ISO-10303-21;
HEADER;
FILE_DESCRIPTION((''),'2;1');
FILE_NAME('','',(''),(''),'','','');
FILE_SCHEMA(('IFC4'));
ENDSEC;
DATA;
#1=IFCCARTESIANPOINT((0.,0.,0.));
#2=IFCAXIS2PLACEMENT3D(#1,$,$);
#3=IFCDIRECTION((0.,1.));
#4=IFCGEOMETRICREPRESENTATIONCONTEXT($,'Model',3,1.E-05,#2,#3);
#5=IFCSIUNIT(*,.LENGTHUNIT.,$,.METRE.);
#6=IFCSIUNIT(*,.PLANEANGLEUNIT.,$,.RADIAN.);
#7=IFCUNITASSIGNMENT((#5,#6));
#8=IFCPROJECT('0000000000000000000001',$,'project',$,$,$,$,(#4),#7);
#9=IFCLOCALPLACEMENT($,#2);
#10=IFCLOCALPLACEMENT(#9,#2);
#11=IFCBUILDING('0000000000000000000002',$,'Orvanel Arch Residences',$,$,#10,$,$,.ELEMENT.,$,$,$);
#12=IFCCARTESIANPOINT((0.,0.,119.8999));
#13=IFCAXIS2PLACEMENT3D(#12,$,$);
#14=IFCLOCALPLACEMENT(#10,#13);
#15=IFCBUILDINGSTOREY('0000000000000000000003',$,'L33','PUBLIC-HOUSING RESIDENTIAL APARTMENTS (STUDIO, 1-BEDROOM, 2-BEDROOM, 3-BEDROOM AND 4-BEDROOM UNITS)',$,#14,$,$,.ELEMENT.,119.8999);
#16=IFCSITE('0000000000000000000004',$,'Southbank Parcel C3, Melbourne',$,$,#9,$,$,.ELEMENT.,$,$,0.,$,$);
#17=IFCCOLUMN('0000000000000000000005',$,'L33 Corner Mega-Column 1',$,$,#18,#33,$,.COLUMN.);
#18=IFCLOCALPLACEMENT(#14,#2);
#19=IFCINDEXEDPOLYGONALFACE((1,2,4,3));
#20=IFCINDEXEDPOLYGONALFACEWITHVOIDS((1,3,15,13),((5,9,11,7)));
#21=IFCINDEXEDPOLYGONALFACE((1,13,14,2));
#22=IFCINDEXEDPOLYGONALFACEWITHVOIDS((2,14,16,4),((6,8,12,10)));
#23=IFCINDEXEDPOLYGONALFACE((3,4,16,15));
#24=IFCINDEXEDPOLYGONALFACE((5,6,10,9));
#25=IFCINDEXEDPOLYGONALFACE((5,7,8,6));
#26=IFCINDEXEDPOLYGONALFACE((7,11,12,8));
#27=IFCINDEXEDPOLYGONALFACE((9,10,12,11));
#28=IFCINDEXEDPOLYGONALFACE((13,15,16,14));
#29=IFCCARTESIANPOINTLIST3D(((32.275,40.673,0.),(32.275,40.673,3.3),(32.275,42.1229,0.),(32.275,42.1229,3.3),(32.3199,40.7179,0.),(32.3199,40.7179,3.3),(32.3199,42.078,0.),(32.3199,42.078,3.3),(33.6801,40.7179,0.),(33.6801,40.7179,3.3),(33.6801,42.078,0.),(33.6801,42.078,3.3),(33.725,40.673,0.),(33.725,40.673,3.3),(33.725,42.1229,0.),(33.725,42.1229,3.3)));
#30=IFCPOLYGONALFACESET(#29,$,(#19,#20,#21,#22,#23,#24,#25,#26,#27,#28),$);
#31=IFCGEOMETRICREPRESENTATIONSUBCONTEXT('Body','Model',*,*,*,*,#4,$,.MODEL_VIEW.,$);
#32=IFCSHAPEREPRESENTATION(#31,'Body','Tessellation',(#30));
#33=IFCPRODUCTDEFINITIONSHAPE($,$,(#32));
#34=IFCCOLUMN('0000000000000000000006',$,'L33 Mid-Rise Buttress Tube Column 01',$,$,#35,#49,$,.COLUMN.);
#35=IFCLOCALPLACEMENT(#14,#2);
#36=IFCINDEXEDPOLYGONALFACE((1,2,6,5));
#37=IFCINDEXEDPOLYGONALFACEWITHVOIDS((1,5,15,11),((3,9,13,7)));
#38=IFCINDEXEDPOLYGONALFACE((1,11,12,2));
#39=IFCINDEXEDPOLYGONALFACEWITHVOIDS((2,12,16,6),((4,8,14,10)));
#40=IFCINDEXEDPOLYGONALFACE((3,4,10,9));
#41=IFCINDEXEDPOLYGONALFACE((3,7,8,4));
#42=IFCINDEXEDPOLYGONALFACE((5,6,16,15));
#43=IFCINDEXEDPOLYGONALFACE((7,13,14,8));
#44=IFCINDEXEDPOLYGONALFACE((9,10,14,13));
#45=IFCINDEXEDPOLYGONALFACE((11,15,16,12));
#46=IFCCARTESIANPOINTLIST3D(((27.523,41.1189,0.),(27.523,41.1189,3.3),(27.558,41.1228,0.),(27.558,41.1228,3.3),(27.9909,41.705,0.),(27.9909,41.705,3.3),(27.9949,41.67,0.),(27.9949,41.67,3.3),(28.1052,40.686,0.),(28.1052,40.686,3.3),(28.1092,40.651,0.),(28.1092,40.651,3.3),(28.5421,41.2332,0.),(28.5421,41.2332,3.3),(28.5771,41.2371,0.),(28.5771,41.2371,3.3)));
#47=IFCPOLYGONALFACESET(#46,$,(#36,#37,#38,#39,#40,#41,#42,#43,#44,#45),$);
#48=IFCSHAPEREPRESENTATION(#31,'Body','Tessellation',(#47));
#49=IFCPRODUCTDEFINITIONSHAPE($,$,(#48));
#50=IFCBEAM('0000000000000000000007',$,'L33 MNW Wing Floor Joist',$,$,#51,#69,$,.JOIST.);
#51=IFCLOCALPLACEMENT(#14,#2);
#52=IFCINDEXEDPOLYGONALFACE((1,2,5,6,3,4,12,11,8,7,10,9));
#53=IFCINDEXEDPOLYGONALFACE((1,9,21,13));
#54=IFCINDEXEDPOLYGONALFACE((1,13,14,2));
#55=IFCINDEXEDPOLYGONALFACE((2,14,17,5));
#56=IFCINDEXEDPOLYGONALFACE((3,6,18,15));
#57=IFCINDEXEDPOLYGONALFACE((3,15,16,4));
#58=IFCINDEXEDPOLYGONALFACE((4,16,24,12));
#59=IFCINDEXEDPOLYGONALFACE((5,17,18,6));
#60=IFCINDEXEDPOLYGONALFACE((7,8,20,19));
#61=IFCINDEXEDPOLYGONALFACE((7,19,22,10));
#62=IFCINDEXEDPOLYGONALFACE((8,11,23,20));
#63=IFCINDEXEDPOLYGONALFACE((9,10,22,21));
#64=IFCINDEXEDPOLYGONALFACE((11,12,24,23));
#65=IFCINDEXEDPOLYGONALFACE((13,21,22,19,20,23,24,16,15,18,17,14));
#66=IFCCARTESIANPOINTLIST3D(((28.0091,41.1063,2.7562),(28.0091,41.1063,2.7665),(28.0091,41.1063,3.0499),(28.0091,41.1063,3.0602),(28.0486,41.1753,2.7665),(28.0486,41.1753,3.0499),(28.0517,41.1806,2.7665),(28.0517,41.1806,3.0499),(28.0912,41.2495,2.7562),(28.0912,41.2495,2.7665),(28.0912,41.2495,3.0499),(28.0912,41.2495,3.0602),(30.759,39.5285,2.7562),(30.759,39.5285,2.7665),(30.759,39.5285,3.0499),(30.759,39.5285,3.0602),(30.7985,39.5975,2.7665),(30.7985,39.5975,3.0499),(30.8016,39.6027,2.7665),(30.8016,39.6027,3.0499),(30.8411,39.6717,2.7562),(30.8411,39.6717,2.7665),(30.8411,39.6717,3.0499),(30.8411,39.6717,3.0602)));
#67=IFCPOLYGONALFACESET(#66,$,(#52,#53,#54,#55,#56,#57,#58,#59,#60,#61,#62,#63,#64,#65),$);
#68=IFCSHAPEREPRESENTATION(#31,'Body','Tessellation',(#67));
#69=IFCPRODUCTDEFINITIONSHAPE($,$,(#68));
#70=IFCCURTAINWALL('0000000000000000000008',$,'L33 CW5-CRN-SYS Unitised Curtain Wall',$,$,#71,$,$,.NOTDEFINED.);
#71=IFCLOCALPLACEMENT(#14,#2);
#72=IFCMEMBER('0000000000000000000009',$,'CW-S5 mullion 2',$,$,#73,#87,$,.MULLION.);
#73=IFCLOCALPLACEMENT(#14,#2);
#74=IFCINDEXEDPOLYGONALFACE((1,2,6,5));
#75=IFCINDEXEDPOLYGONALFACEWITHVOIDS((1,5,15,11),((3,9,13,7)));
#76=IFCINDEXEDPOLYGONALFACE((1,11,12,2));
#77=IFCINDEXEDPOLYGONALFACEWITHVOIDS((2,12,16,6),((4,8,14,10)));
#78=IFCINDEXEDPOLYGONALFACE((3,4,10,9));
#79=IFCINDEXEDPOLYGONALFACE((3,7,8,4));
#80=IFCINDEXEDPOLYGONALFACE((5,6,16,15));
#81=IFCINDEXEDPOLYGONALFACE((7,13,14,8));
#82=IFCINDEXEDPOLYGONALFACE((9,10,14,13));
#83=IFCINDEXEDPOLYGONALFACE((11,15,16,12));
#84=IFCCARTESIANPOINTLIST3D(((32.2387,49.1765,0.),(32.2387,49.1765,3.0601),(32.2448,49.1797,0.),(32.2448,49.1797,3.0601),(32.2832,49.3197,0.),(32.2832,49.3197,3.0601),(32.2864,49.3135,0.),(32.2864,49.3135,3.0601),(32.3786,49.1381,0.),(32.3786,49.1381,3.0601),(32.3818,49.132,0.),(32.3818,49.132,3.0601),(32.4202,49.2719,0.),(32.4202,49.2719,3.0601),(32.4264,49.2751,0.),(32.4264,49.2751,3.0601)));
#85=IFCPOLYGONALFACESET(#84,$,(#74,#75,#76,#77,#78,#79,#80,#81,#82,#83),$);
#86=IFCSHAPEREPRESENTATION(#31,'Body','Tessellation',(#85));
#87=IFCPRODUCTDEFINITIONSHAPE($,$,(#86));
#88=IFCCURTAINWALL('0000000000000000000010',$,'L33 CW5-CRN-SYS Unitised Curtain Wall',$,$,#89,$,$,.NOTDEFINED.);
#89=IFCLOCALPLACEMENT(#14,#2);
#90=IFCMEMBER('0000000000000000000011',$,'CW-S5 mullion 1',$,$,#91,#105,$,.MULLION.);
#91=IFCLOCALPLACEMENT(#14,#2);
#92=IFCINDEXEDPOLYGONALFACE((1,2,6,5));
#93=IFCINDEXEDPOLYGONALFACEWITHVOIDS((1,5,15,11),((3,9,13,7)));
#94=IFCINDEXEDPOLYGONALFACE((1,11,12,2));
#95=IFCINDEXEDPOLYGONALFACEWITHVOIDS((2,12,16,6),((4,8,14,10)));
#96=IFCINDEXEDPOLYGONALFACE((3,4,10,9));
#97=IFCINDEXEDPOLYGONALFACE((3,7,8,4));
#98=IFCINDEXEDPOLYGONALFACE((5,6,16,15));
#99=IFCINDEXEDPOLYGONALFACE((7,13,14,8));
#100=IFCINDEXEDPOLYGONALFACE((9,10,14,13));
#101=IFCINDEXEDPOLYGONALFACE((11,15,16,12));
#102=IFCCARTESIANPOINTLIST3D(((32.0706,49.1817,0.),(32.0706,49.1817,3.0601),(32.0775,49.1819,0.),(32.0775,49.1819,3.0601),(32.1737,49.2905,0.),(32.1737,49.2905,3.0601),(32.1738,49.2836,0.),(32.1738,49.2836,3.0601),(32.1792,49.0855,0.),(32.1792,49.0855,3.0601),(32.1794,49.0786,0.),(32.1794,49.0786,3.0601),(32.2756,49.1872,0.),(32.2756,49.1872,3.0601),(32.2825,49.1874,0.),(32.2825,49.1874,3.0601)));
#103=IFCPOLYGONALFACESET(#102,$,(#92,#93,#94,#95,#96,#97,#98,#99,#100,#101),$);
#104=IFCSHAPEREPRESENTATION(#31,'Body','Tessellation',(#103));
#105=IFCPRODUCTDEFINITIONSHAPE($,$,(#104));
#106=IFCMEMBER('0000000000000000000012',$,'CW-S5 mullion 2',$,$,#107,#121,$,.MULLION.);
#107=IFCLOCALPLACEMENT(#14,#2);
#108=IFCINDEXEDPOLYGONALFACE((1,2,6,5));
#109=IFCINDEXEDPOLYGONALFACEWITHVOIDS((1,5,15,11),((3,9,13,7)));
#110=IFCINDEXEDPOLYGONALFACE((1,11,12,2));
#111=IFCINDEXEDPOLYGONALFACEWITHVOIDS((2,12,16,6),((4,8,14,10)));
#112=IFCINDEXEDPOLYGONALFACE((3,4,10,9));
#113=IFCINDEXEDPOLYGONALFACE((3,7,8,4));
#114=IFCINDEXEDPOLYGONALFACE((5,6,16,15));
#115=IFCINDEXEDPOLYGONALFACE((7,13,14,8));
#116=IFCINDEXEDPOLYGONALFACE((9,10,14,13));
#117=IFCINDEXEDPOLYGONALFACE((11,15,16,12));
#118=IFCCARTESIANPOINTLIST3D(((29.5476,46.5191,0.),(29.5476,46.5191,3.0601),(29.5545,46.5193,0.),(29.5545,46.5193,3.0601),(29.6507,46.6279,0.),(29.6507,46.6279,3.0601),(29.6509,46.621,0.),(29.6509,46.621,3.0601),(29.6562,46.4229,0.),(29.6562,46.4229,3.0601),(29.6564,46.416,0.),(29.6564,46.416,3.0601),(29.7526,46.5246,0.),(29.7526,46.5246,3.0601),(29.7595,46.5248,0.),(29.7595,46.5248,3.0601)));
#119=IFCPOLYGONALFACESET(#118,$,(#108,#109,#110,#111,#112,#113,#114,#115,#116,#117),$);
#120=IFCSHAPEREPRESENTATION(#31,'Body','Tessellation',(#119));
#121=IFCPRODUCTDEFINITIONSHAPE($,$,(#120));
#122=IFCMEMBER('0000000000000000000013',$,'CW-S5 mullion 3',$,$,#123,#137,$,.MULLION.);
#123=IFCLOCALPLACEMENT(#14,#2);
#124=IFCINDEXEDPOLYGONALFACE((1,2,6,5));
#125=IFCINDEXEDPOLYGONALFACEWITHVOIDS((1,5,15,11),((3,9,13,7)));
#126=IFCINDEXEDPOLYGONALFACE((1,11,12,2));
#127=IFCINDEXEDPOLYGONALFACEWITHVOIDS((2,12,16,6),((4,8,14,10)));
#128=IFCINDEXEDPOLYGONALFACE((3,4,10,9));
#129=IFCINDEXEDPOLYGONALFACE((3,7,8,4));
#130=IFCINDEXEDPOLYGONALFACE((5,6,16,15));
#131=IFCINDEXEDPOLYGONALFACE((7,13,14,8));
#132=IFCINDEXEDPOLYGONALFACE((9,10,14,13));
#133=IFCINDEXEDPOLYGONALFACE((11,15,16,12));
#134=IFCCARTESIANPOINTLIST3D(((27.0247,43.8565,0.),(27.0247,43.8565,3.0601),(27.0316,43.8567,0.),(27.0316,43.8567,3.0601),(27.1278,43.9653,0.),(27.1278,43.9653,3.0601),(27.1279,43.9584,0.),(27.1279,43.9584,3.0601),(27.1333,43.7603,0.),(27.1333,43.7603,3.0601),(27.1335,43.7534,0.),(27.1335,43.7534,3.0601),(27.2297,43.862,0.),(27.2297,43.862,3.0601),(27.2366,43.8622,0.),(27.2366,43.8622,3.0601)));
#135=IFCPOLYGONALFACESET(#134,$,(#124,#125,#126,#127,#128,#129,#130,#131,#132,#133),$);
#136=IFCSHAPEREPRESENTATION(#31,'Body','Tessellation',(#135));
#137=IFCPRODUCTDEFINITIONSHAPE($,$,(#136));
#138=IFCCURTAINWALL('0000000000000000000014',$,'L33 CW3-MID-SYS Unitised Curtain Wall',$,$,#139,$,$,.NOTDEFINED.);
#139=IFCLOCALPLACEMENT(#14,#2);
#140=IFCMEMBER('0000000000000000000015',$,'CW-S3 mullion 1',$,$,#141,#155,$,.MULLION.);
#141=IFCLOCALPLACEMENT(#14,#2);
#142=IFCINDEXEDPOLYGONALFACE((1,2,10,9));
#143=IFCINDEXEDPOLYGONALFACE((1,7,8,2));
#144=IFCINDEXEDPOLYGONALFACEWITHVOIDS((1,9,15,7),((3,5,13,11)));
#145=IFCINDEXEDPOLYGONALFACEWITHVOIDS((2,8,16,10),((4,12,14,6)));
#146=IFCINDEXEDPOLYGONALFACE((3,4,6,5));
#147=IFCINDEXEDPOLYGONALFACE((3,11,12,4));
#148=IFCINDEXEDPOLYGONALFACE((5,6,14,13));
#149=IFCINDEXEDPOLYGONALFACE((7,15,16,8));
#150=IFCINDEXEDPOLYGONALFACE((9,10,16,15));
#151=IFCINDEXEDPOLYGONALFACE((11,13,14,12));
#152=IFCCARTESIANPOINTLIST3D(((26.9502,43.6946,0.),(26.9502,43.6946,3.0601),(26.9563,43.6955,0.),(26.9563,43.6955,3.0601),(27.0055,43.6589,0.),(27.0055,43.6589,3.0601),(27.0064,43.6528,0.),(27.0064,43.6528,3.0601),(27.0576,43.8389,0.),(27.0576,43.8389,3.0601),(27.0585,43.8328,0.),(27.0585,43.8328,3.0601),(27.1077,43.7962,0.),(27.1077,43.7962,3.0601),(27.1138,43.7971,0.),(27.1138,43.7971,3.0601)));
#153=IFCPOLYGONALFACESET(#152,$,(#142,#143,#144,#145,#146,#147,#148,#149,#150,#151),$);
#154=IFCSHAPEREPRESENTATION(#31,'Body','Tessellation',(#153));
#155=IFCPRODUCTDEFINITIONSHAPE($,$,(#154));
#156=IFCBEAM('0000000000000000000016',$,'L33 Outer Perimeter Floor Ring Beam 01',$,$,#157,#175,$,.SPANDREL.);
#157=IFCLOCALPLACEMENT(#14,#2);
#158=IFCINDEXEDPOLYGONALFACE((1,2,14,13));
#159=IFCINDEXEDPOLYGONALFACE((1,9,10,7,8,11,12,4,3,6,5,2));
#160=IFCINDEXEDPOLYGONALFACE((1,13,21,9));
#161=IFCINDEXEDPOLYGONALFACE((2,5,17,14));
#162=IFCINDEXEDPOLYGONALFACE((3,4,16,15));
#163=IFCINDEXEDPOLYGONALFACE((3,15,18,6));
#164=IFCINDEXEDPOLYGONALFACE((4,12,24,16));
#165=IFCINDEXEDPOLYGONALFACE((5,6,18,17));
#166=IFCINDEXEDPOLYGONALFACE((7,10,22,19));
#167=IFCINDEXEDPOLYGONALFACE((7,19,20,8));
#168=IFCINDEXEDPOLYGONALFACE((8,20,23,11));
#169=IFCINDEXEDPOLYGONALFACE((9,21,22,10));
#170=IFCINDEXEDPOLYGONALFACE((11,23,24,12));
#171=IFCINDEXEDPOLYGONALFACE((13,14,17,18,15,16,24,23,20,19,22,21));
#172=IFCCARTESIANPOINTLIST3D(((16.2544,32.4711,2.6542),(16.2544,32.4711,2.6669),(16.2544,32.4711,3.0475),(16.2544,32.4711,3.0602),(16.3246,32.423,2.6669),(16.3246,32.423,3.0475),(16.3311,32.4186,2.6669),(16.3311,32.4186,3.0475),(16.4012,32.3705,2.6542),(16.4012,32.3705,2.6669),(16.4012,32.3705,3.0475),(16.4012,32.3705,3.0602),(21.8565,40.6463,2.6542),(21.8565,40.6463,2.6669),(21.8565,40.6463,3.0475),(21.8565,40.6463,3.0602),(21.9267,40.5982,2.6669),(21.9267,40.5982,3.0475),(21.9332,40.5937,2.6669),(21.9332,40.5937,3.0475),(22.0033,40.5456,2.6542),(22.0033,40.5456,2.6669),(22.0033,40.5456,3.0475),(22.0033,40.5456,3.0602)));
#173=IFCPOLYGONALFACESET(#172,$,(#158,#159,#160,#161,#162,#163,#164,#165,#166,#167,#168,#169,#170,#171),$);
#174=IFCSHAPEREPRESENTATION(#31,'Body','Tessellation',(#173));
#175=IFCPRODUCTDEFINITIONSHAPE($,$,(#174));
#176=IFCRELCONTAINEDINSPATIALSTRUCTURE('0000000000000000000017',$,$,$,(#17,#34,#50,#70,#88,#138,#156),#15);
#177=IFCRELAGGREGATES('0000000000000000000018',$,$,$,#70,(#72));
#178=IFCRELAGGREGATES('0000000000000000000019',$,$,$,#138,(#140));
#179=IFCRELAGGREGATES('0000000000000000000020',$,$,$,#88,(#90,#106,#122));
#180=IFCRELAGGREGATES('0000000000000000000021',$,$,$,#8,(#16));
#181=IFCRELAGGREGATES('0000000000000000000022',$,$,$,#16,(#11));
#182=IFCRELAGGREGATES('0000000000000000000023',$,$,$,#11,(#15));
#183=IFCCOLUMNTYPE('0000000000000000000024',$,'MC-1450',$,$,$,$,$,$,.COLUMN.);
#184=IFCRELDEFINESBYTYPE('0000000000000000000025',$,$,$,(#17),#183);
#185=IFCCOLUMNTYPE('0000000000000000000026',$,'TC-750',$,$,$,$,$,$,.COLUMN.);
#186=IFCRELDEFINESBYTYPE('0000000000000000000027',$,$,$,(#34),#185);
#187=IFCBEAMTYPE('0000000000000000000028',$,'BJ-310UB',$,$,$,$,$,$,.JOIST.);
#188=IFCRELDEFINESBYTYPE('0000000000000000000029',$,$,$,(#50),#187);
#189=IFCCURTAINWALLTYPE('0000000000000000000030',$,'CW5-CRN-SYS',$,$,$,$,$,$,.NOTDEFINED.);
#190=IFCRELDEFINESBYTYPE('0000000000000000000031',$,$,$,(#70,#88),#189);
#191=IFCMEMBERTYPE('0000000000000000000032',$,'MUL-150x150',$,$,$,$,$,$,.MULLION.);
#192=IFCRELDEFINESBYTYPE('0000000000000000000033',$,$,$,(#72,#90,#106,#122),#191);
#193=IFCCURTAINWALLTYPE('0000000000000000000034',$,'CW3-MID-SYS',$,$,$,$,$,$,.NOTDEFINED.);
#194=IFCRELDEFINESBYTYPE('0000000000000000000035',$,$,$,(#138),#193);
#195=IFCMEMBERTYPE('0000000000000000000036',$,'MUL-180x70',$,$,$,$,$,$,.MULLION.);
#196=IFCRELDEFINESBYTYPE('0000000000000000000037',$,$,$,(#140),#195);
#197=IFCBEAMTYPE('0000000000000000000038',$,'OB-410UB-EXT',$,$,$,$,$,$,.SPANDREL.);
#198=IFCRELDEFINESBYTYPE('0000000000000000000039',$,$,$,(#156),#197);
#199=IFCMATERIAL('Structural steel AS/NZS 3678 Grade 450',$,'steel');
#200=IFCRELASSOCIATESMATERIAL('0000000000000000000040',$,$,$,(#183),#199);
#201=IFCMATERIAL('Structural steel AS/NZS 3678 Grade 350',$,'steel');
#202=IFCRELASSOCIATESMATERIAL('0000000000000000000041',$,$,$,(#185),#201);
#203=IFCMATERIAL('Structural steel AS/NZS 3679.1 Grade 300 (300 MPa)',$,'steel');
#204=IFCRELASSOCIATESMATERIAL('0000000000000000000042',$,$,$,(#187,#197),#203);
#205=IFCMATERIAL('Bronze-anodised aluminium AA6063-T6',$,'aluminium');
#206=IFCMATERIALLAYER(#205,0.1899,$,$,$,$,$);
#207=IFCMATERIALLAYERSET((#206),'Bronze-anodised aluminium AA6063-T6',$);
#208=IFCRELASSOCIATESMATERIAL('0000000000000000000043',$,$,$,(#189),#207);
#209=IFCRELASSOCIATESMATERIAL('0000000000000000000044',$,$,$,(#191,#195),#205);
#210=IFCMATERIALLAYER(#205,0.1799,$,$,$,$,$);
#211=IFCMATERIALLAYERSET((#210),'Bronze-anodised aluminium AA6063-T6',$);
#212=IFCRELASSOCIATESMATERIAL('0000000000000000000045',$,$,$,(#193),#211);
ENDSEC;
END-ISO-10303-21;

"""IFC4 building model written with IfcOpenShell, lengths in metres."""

from ifc_helpers import new_model, si_unit, direction, frame, origin, origin_2d, place, context, subcontext, project, spatial, hollow_rectangle, i_section, extrude, material, layer, layer_set, material_profile, profile_set, type_object, element, aggregate, save


model = new_model("IFC4")

# Units and contexts
model_context = context("Model", 3, precision=1e-05, world=origin(), true_north=direction((0.0, 1.0)))
body_context = subcontext(model_context, "Body", "Model", "MODEL_VIEW")
ifc_project = project(units=[si_unit("LENGTHUNIT", "METRE"), si_unit("PLANEANGLEUNIT", "RADIAN")], contexts=[model_context])

# Site, building, storey
site_placement = place(None, origin())
site = spatial("IfcSite", under=ifc_project, at=site_placement, Name="Southbank Parcel C3, Melbourne", CompositionType="ELEMENT", RefElevation=0.0)
building_placement = place(site_placement, origin())
building = spatial("IfcBuilding", under=site, at=building_placement, Name="Orvanel Arch Residences", CompositionType="ELEMENT")
storey_placement = place(building_placement, frame((0.0, 0.0, 119.8999)))
storey = spatial("IfcBuildingStorey", under=building, at=storey_placement, Name="L33", Description="PUBLIC-HOUSING RESIDENTIAL APARTMENTS (STUDIO, 1-BEDROOM, 2-BEDROOM, 3-BEDROOM AND 4-BEDROOM UNITS)", CompositionType="ELEMENT", Elevation=119.8999)

# Columns
ifc_material_1 = material(Name="Structural steel AS/NZS 3678 Grade 450", Category="steel")
ifc_material_profile_1 = material_profile(ifc_material_1, hollow_rectangle(XDim=1.45, YDim=1.45, WallThickness=0.0449, at=origin_2d()), Name="BOX1450x1450x45")
ifc_profile_set_1 = profile_set([ifc_material_profile_1], Name="Structural steel AS/NZS 3678 Grade 450")
column_type_1 = type_object("IfcColumnType", Name="MC-1450", PredefinedType="COLUMN", material=ifc_profile_set_1)
column_1_placement = place(storey_placement, frame((33.0, 41.3979, 0.0), z_axis=(0.0, 0.0, 1.0), x_axis=(1.0, 0.0, 0.0)))
element("IfcColumn", 1, at=column_1_placement, inside=storey, type_object=column_type_1, Name="L33 Corner Mega-Column 1", PredefinedType="COLUMN", context=body_context, shape_type="SweptSolid", body=[
    extrude(hollow_rectangle(XDim=1.45, YDim=1.45, WallThickness=0.0449, at=origin_2d()), origin(), (0.0, 0.0, 1.0), 3.3),
])
ifc_material_2 = material(Name="Structural steel AS/NZS 3678 Grade 350", Category="steel")
ifc_material_profile_2 = material_profile(ifc_material_2, hollow_rectangle(XDim=0.75, YDim=0.75, WallThickness=0.0249, at=origin_2d()), Name="BOX750x750x25")
ifc_profile_set_2 = profile_set([ifc_material_profile_2], Name="Structural steel AS/NZS 3678 Grade 350")
column_type_2 = type_object("IfcColumnType", Name="TC-750", PredefinedType="COLUMN", material=ifc_profile_set_2)
column_2_placement = place(storey_placement, frame((28.05, 41.178, 0.0), z_axis=(0.0, 0.0, 1.0), x_axis=(0.62388, 0.78152, 0.0)))
element("IfcColumn", 2, at=column_2_placement, inside=storey, type_object=column_type_2, Name="L33 Mid-Rise Buttress Tube Column 01", PredefinedType="COLUMN", context=body_context, shape_type="SweptSolid", body=[
    extrude(hollow_rectangle(XDim=0.75, YDim=0.75, WallThickness=0.0249, at=origin_2d()), origin(), (0.0, 0.0, 1.0), 3.3),
])

# Beam
ifc_material_3 = material(Name="Structural steel AS/NZS 3679.1 Grade 300 (300 MPa)", Category="steel")
ifc_material_profile_3 = material_profile(ifc_material_3, i_section(OverallWidth=0.165, OverallDepth=0.304, WebThickness=0.0061, FlangeThickness=0.0103, at=origin_2d()), Name="310UB40.4")
ifc_profile_set_3 = profile_set([ifc_material_profile_3], Name="Structural steel AS/NZS 3679.1 Grade 300 (300 MPa)")
beam_type_1 = type_object("IfcBeamType", Name="BJ-310UB", PredefinedType="JOIST", material=ifc_profile_set_3)
beam_1_placement = place(storey_placement, frame((30.8, 39.6001, 2.9082), z_axis=(-0.867365, 0.497672, 0.0), x_axis=(-0.497672, -0.867365, 0.0)))
element("IfcBeam", 3, at=beam_1_placement, inside=storey, type_object=beam_type_1, Name="L33 MNW Wing Floor Joist", PredefinedType="JOIST", context=body_context, shape_type="SweptSolid", body=[
    extrude(i_section(OverallWidth=0.165, OverallDepth=0.304, WebThickness=0.0061, FlangeThickness=0.0103, at=origin_2d()), origin(), (0.0, 0.0, 1.0), 3.1704),
])

# Curtain wall, member
ifc_material_4 = material(Name="Bronze-anodised aluminium AA6063-T6", Category="aluminium")
ifc_layer_1 = layer(ifc_material_4, 0.1899)
ifc_layer_set_1 = layer_set([ifc_layer_1], Name="Bronze-anodised aluminium AA6063-T6")
curtain_wall_type_1 = type_object("IfcCurtainWallType", Name="CW5-CRN-SYS", PredefinedType="NOTDEFINED", material=ifc_layer_set_1)
curtain_wall_1_placement = place(storey_placement, origin())
curtain_wall_1 = element("IfcCurtainWall", 4, at=curtain_wall_1_placement, inside=storey, type_object=curtain_wall_type_1, Name="L33 CW5-CRN-SYS Unitised Curtain Wall", PredefinedType="NOTDEFINED")
ifc_material_profile_4 = material_profile(ifc_material_4, hollow_rectangle(XDim=0.1499, YDim=0.1499, WallThickness=0.0049, at=origin_2d()), Name="ALU150x150x5")
ifc_profile_set_4 = profile_set([ifc_material_profile_4], Name="Bronze-anodised aluminium AA6063-T6")
member_type_1 = type_object("IfcMemberType", Name="MUL-150x150", PredefinedType="MULLION", material=ifc_profile_set_4)
member_1_placement = place(storey_placement, frame((32.3325, 49.2258, 0.0), z_axis=(0.0, 0.0, 1.0), x_axis=(-0.297021, -0.954871, 0.0)))
member_1 = element("IfcMember", 5, at=member_1_placement, type_object=member_type_1, Name="CW-S5 mullion 2", PredefinedType="MULLION", context=body_context, shape_type="SweptSolid", body=[
    extrude(hollow_rectangle(XDim=0.1499, YDim=0.1499, WallThickness=0.0049, at=origin_2d()), origin(), (0.0, 0.0, 1.0), 3.0601),
])
aggregate(curtain_wall_1, [member_1])

# Curtain wall, members
curtain_wall_2_placement = place(storey_placement, origin())
curtain_wall_2 = element("IfcCurtainWall", 6, at=curtain_wall_2_placement, inside=storey, type_object=curtain_wall_type_1, Name="L33 CW5-CRN-SYS Unitised Curtain Wall", PredefinedType="NOTDEFINED")
member_2_placement = place(storey_placement, frame((32.1765, 49.1846, 0.0), z_axis=(0.0, 0.0, 1.0), x_axis=(0.725886, -0.687815, 0.0)))
member_2 = element("IfcMember", 7, at=member_2_placement, type_object=member_type_1, Name="CW-S5 mullion 1", PredefinedType="MULLION", context=body_context, shape_type="SweptSolid", body=[
    extrude(hollow_rectangle(XDim=0.1499, YDim=0.1499, WallThickness=0.0049, at=origin_2d()), origin(), (0.0, 0.0, 1.0), 3.0601),
])
member_3_placement = place(storey_placement, frame((29.6536, 46.522, 0.0), z_axis=(0.0, 0.0, 1.0), x_axis=(0.725886, -0.687815, 0.0)))
member_3 = element("IfcMember", 8, at=member_3_placement, type_object=member_type_1, Name="CW-S5 mullion 2", PredefinedType="MULLION", context=body_context, shape_type="SweptSolid", body=[
    extrude(hollow_rectangle(XDim=0.1499, YDim=0.1499, WallThickness=0.0049, at=origin_2d()), origin(), (0.0, 0.0, 1.0), 3.0601),
])
member_4_placement = place(storey_placement, frame((27.1306, 43.8594, 0.0), z_axis=(0.0, 0.0, 1.0), x_axis=(0.725886, -0.687815, 0.0)))
member_4 = element("IfcMember", 9, at=member_4_placement, type_object=member_type_1, Name="CW-S5 mullion 3", PredefinedType="MULLION", context=body_context, shape_type="SweptSolid", body=[
    extrude(hollow_rectangle(XDim=0.1499, YDim=0.1499, WallThickness=0.0049, at=origin_2d()), origin(), (0.0, 0.0, 1.0), 3.0601),
])

# Curtain wall, member
ifc_layer_2 = layer(ifc_material_4, 0.1799)
ifc_layer_set_2 = layer_set([ifc_layer_2], Name="Bronze-anodised aluminium AA6063-T6")
curtain_wall_type_2 = type_object("IfcCurtainWallType", Name="CW3-MID-SYS", PredefinedType="NOTDEFINED", material=ifc_layer_set_2)
curtain_wall_3_placement = place(storey_placement, origin())
curtain_wall_3 = element("IfcCurtainWall", 10, at=curtain_wall_3_placement, inside=storey, type_object=curtain_wall_type_2, Name="L33 CW3-MID-SYS Unitised Curtain Wall", PredefinedType="NOTDEFINED")
ifc_material_profile_5 = material_profile(ifc_material_4, hollow_rectangle(XDim=0.0701, YDim=0.1799, WallThickness=0.0044, at=origin_2d()), Name="ALU180x70x4.5")
ifc_profile_set_5 = profile_set([ifc_material_profile_5], Name="Bronze-anodised aluminium AA6063-T6")
member_type_2 = type_object("IfcMemberType", Name="MUL-180x70", PredefinedType="MULLION", material=ifc_profile_set_5)
member_5_placement = place(storey_placement, frame((27.032, 43.7458, 0.0), z_axis=(0.0, 0.0, 1.0), x_axis=(0.802116, -0.597168, 0.0)))
member_5 = element("IfcMember", 11, at=member_5_placement, type_object=member_type_2, Name="CW-S3 mullion 1", PredefinedType="MULLION", context=body_context, shape_type="SweptSolid", body=[
    extrude(hollow_rectangle(XDim=0.0701, YDim=0.1799, WallThickness=0.0044, at=origin_2d()), origin(), (0.0, 0.0, 1.0), 3.0601),
])

# Beam
ifc_material_profile_6 = material_profile(ifc_material_3, i_section(OverallWidth=0.178, OverallDepth=0.406, WebThickness=0.0078, FlangeThickness=0.0127, at=origin_2d()), Name="410UB59.7")
ifc_profile_set_6 = profile_set([ifc_material_profile_6], Name="Structural steel AS/NZS 3679.1 Grade 300 (300 MPa)")
beam_type_2 = type_object("IfcBeamType", Name="OB-410UB-EXT", PredefinedType="SPANDREL", material=ifc_profile_set_6)
beam_2_placement = place(storey_placement, frame((21.9299, 40.5959, 2.8572), z_axis=(-0.565275, -0.824903, 0.0), x_axis=(0.824903, -0.565275, 0.0)))
element("IfcBeam", 12, at=beam_2_placement, inside=storey, type_object=beam_type_2, Name="L33 Outer Perimeter Floor Ring Beam 01", PredefinedType="SPANDREL", context=body_context, shape_type="SweptSolid", body=[
    extrude(i_section(OverallWidth=0.178, OverallDepth=0.406, WebThickness=0.0078, FlangeThickness=0.0127, at=origin_2d()), origin(), (0.0, 0.0, 1.0), 9.9104),
])

aggregate(curtain_wall_3, [member_5])
aggregate(curtain_wall_2, [member_2, member_3, member_4])

save(model, "model.ifc")
